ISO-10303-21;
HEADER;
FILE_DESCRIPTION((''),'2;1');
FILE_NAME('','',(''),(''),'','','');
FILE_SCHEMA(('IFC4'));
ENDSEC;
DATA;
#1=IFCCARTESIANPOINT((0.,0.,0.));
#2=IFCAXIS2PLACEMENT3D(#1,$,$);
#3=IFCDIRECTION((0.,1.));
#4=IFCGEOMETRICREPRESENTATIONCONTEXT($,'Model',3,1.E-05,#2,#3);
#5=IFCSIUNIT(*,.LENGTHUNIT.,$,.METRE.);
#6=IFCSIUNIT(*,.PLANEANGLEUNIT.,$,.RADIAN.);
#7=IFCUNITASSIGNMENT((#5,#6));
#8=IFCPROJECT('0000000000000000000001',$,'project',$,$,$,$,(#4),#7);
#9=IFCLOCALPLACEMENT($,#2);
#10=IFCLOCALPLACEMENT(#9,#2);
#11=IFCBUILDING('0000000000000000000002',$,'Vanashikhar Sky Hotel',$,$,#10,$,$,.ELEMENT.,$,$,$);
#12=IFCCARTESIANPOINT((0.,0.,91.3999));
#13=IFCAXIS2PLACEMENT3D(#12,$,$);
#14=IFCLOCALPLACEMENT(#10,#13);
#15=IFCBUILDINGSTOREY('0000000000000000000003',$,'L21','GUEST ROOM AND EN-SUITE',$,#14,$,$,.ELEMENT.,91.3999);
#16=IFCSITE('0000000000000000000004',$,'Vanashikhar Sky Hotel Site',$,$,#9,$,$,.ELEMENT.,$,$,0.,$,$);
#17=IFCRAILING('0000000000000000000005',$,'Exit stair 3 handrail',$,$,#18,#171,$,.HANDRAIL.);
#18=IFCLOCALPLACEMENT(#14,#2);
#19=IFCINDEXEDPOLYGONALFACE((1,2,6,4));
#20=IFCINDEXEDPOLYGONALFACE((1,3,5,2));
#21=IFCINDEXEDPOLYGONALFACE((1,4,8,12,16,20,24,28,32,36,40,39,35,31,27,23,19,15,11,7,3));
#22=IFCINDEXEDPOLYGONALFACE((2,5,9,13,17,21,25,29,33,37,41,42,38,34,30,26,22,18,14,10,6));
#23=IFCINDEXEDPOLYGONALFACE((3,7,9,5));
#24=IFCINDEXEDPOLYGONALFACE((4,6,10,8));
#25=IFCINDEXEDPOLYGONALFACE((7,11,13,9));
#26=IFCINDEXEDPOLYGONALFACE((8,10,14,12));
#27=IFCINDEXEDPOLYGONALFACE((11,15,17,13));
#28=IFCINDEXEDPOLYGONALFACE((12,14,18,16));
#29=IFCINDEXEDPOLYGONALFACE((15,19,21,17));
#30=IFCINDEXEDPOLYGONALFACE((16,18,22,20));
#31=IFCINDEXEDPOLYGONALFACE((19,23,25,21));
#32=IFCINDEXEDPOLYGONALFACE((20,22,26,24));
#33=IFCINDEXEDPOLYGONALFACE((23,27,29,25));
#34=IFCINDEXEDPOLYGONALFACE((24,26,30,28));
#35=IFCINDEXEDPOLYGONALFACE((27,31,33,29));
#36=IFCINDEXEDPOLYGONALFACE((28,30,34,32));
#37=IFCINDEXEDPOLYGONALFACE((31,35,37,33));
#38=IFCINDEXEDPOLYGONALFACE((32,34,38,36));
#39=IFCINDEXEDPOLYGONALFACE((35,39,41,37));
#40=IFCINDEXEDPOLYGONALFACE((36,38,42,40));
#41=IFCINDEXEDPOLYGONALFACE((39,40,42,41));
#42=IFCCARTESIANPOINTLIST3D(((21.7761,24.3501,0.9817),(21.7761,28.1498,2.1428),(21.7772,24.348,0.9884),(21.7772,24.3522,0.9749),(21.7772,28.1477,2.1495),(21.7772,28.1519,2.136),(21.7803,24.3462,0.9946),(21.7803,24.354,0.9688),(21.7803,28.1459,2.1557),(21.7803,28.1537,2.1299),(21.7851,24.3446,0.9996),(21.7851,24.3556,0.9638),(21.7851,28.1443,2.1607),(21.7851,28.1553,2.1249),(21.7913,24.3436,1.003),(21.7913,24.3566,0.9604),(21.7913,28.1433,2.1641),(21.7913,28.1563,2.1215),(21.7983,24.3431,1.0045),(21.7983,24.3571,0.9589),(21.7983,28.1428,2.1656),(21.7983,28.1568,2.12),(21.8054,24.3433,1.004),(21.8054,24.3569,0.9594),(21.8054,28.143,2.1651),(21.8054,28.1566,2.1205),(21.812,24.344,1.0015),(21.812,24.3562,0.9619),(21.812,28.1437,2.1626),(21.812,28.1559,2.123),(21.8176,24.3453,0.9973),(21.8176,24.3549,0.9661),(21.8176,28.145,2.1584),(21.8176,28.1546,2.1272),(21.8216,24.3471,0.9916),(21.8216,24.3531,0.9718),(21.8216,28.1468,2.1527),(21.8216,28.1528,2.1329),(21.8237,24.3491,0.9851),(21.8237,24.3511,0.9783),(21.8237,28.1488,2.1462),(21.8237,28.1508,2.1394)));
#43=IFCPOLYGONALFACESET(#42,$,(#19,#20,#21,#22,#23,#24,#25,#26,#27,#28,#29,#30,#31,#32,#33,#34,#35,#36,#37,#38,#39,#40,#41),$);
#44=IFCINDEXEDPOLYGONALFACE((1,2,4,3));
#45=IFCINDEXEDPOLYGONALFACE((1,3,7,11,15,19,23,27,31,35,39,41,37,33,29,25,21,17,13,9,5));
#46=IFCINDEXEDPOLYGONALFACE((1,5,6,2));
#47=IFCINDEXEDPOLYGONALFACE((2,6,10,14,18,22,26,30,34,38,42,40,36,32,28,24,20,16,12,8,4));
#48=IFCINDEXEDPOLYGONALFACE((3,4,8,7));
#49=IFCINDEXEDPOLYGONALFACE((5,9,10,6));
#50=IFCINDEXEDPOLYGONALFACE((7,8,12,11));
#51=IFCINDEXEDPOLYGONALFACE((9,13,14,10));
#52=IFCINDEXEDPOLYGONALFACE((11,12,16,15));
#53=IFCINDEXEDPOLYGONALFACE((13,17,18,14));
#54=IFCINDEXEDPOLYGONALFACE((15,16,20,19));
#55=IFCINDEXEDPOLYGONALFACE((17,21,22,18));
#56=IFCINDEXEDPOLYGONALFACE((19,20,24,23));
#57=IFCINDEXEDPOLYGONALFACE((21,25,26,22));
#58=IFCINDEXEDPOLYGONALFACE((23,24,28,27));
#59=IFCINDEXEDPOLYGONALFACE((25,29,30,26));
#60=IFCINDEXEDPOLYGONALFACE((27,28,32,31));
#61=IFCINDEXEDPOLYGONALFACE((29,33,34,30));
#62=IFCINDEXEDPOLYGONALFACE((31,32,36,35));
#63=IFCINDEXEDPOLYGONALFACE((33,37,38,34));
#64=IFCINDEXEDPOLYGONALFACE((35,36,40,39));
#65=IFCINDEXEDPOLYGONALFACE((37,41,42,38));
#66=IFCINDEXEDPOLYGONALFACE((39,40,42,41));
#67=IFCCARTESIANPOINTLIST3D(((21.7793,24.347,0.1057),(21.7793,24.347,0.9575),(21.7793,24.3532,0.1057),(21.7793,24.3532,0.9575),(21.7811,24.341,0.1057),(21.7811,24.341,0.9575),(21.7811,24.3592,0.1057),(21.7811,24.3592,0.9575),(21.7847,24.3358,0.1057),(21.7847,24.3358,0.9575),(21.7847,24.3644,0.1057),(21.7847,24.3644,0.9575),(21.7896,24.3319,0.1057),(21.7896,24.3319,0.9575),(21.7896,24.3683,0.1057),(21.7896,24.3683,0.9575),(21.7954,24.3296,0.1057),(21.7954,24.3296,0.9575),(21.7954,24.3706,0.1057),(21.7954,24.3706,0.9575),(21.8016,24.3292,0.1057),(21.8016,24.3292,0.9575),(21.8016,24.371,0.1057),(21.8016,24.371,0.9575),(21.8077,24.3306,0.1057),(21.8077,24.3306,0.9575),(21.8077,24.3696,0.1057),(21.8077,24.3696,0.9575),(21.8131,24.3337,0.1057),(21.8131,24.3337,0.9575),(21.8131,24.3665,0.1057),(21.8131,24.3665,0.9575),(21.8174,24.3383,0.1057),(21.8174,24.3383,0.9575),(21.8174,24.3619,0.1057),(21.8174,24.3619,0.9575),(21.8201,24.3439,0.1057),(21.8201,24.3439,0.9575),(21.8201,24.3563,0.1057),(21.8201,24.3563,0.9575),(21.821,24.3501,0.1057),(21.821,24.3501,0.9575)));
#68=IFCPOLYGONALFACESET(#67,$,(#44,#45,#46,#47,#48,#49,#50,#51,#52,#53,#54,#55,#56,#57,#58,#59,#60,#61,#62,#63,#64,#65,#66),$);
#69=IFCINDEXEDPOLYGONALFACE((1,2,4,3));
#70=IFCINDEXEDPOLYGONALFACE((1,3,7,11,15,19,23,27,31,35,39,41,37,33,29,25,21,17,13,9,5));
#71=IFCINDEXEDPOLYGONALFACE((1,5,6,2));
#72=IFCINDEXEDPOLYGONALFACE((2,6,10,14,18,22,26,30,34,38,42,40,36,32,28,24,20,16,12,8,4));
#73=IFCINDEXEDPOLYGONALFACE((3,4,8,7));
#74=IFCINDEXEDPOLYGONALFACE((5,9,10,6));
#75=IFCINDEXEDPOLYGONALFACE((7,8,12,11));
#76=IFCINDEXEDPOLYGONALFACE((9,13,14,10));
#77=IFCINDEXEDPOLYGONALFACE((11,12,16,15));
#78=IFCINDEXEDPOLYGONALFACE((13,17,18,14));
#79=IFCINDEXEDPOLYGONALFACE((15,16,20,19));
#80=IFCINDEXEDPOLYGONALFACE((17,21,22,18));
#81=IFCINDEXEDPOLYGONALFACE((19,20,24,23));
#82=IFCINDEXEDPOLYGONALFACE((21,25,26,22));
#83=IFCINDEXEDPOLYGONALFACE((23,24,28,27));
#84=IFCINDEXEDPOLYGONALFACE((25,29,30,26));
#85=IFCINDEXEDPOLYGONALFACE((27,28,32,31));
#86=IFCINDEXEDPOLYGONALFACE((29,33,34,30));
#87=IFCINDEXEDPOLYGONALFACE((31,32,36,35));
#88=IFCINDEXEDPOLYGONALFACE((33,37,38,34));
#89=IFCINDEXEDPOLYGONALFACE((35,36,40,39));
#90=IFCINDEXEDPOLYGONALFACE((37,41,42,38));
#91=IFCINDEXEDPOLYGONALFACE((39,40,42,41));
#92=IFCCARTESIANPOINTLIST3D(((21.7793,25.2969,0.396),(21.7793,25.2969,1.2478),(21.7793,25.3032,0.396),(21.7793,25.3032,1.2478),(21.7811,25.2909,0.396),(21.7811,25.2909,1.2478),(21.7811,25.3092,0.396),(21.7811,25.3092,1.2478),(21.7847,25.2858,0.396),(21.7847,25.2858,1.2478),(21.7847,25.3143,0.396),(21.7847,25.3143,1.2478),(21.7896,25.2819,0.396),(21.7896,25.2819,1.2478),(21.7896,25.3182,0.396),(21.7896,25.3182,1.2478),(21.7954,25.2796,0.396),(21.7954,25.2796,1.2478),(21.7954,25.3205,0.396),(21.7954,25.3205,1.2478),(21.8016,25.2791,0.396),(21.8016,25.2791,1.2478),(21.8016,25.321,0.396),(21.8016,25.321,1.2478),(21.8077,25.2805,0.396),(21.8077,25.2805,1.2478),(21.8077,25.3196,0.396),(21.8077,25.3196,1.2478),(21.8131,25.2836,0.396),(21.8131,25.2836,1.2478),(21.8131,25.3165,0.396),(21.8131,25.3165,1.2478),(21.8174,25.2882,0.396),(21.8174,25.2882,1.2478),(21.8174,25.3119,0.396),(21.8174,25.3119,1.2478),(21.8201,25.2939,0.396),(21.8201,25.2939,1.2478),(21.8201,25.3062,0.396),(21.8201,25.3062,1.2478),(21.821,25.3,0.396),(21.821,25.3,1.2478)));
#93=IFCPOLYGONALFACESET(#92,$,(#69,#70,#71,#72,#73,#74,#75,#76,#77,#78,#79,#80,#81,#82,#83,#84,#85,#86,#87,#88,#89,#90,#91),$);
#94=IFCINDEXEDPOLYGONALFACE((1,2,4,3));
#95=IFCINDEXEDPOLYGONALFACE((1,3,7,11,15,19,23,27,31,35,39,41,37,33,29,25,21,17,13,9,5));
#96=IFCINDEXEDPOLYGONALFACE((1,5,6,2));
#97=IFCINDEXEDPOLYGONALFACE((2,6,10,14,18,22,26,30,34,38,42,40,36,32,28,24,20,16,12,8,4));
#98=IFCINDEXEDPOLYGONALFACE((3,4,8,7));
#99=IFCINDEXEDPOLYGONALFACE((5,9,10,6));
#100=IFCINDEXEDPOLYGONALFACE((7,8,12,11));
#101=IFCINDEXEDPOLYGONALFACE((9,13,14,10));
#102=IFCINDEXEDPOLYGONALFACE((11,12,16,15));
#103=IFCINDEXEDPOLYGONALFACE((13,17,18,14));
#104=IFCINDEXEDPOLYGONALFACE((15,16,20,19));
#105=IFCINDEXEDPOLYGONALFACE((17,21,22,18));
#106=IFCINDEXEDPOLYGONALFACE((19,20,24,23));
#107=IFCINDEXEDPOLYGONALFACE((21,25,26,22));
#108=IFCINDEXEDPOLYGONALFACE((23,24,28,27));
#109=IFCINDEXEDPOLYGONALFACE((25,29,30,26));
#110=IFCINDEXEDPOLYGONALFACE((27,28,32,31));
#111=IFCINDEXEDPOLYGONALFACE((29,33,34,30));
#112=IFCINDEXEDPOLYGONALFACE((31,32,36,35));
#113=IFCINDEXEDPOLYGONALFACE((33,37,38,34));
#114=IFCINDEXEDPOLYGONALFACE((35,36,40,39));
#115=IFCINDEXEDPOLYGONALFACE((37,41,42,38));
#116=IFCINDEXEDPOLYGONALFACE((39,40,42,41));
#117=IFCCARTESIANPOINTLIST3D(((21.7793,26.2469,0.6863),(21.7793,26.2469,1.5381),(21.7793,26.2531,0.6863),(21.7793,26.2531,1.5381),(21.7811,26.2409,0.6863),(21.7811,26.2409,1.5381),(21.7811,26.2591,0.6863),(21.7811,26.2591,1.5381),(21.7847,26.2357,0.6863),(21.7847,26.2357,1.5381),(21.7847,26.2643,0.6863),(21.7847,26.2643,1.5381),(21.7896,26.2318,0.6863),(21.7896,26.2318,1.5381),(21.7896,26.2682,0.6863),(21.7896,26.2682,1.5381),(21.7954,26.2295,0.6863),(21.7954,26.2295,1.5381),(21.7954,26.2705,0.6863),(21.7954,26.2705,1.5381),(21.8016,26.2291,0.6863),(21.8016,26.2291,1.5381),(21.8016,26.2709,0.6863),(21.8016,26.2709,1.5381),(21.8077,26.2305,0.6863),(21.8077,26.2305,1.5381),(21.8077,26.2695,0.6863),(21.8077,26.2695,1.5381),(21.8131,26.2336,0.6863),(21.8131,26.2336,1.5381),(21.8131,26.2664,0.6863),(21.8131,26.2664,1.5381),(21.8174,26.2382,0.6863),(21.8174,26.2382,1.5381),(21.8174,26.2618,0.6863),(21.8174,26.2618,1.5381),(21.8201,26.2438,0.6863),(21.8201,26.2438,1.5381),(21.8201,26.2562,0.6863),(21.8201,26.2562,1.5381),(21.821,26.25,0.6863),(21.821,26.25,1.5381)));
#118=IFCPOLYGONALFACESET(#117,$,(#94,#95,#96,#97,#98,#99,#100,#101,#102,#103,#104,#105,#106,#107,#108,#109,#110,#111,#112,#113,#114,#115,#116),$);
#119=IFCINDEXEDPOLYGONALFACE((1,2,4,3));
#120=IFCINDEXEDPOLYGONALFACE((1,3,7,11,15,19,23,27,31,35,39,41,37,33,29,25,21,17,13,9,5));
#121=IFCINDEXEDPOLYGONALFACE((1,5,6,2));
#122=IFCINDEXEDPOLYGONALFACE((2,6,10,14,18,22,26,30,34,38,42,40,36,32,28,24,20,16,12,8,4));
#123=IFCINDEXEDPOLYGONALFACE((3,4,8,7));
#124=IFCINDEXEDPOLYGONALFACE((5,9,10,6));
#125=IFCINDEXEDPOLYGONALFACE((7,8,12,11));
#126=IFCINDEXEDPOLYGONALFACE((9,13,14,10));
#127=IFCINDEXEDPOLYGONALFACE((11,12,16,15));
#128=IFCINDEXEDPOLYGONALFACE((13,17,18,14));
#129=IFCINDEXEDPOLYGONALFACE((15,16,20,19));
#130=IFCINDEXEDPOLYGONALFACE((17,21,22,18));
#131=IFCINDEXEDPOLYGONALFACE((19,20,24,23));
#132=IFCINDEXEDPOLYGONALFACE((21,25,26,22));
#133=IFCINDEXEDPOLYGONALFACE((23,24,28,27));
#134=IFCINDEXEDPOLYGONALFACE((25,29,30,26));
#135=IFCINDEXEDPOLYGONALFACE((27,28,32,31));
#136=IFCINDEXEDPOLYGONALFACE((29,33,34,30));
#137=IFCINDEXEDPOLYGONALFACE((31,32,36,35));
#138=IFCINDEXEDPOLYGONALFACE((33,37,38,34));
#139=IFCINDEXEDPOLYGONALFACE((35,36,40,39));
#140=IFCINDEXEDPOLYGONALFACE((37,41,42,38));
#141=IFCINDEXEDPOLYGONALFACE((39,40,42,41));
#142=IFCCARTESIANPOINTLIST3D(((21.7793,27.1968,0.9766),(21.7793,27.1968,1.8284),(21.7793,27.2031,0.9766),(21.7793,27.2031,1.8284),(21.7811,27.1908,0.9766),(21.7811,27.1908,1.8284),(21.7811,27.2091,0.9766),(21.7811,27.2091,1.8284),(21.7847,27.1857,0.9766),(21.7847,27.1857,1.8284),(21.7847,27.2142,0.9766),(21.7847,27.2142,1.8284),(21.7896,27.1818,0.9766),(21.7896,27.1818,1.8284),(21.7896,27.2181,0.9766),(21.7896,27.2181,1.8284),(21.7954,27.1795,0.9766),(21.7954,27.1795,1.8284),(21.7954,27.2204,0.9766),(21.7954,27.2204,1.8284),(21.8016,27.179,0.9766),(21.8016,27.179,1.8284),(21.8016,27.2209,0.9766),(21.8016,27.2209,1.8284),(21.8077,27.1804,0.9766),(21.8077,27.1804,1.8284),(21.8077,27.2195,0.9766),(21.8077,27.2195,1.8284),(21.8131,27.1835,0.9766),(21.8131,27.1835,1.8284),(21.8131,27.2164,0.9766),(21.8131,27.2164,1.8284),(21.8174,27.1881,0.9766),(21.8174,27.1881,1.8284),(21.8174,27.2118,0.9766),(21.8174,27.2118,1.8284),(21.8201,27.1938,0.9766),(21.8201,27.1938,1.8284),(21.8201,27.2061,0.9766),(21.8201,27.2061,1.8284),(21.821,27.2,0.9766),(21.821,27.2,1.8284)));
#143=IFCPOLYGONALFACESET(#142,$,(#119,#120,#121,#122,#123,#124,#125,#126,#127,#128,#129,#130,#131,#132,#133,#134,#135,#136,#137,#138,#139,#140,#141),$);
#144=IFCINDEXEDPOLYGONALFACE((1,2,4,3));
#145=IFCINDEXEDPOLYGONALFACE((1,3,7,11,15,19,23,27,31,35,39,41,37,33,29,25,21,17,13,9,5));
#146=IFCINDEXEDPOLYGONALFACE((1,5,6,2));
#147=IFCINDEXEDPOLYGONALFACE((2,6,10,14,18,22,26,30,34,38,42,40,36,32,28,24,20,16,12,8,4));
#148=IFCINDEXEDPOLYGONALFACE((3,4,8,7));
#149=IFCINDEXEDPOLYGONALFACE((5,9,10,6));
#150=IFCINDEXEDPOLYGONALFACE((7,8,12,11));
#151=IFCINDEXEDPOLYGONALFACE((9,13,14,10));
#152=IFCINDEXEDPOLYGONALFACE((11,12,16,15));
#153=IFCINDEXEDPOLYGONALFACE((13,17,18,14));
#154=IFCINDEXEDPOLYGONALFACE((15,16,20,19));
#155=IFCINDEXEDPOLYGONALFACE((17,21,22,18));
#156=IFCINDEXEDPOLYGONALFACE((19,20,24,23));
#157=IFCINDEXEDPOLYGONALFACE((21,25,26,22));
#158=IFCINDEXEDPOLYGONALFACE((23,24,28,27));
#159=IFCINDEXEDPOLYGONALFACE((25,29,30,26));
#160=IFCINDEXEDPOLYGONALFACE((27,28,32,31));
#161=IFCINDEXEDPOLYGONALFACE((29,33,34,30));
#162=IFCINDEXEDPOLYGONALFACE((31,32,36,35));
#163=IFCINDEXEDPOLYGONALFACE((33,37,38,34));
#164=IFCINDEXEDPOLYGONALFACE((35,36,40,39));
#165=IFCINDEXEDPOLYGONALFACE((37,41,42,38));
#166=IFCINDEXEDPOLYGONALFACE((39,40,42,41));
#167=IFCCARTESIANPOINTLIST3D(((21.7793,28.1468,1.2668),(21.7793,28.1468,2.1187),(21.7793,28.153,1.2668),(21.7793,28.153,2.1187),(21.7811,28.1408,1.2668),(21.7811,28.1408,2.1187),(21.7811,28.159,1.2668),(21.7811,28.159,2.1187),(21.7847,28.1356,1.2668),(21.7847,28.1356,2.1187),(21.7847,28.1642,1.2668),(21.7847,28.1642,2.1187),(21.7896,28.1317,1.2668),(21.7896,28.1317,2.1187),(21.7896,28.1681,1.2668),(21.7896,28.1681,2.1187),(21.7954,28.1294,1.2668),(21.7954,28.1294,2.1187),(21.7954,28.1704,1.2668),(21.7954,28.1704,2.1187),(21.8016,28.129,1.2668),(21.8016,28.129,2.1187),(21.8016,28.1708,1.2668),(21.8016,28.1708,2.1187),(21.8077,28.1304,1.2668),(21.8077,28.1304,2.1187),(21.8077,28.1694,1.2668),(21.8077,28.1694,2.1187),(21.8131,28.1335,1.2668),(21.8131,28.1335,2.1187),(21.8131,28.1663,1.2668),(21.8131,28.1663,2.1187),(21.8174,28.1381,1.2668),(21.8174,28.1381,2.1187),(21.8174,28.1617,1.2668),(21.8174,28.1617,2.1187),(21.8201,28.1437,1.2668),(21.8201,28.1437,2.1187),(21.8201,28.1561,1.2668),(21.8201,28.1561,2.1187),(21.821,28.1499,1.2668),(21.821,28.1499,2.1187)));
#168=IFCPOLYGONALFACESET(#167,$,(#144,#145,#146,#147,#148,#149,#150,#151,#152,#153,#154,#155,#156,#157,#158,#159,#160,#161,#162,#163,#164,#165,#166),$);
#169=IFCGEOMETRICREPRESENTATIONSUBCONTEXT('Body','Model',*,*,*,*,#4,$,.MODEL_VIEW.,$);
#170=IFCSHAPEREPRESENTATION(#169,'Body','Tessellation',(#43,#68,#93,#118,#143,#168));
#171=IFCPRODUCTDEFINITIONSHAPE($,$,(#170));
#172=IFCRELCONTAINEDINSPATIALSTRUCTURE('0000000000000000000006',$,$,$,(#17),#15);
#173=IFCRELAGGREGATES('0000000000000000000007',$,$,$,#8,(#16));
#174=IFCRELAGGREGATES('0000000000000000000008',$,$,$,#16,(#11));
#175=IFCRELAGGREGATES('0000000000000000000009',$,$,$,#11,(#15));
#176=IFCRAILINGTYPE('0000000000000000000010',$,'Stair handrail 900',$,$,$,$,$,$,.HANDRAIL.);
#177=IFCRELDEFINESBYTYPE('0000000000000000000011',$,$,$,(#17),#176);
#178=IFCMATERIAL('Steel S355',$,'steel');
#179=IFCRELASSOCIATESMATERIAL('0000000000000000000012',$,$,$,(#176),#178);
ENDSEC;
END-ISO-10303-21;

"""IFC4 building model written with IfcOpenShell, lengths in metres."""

from ifc_helpers import new_model, si_unit, direction, frame, origin, origin_2d, place, context, subcontext, project, spatial, circle, extrude, source, transform, mapped, material, type_object, element, save


model = new_model("IFC4")

# Units and contexts
model_context = context("Model", 3, precision=1e-05, world=origin(), true_north=direction((0.0, 1.0)))
body_context = subcontext(model_context, "Body", "Model", "MODEL_VIEW")
ifc_project = project(units=[si_unit("LENGTHUNIT", "METRE"), si_unit("PLANEANGLEUNIT", "RADIAN")], contexts=[model_context])

# Site, building, storey
site_placement = place(None, origin())
site = spatial("IfcSite", under=ifc_project, at=site_placement, Name="Vanashikhar Sky Hotel Site", CompositionType="ELEMENT", RefElevation=0.0)
building_placement = place(site_placement, origin())
building = spatial("IfcBuilding", under=site, at=building_placement, Name="Vanashikhar Sky Hotel", CompositionType="ELEMENT")
storey_placement = place(building_placement, frame((0.0, 0.0, 91.3999)))
storey = spatial("IfcBuildingStorey", under=building, at=storey_placement, Name="L21", Description="GUEST ROOM AND EN-SUITE", CompositionType="ELEMENT", Elevation=91.3999)

# Railing
ifc_material_1 = material(Name="Steel S355", Category="steel")
railing_type_1 = type_object("IfcRailingType", Name="Stair handrail 900", PredefinedType="HANDRAIL", material=ifc_material_1)
shared_shape_1 = source(origin(), body_context, "Body", "SweptSolid", [
    extrude(circle(Radius=0.0239, at=origin_2d()), frame((0.0, 0.0, 0.876), z_axis=(0.0, 0.956346, 0.292237), x_axis=(-1.0, 0.0, 0.0)), (0.0, 0.0, 1.0), 3.9731),
    extrude(circle(Radius=0.021, at=origin_2d()), origin(), (0.0, 0.0, 1.0), 0.8518),
    extrude(circle(Radius=0.021, at=origin_2d()), frame((0.0, 0.95, 0.2903)), (0.0, 0.0, 1.0), 0.8518),
    extrude(circle(Radius=0.021, at=origin_2d()), frame((0.0, 1.8999, 0.5806)), (0.0, 0.0, 1.0), 0.8518),
    extrude(circle(Radius=0.021, at=origin_2d()), frame((0.0, 2.8499, 0.8708)), (0.0, 0.0, 1.0), 0.8518),
    extrude(circle(Radius=0.021, at=origin_2d()), frame((0.0, 3.7998, 1.1611)), (0.0, 0.0, 1.0), 0.8518),
])
for number, where, name in (
    (1, (21.8, 24.3501, 0.1057), "Exit stair 3 handrail"),
):
    element("IfcRailing", number, at=place(storey_placement, frame(where)), inside=storey, type_object=railing_type_1, Name=name, PredefinedType="HANDRAIL", context=body_context, shape_type="MappedRepresentation", body=[
        mapped(shared_shape_1, transform((0.0, 0.0, 0.0), scale=1.0)),
    ])

save(model, "model.ifc")
